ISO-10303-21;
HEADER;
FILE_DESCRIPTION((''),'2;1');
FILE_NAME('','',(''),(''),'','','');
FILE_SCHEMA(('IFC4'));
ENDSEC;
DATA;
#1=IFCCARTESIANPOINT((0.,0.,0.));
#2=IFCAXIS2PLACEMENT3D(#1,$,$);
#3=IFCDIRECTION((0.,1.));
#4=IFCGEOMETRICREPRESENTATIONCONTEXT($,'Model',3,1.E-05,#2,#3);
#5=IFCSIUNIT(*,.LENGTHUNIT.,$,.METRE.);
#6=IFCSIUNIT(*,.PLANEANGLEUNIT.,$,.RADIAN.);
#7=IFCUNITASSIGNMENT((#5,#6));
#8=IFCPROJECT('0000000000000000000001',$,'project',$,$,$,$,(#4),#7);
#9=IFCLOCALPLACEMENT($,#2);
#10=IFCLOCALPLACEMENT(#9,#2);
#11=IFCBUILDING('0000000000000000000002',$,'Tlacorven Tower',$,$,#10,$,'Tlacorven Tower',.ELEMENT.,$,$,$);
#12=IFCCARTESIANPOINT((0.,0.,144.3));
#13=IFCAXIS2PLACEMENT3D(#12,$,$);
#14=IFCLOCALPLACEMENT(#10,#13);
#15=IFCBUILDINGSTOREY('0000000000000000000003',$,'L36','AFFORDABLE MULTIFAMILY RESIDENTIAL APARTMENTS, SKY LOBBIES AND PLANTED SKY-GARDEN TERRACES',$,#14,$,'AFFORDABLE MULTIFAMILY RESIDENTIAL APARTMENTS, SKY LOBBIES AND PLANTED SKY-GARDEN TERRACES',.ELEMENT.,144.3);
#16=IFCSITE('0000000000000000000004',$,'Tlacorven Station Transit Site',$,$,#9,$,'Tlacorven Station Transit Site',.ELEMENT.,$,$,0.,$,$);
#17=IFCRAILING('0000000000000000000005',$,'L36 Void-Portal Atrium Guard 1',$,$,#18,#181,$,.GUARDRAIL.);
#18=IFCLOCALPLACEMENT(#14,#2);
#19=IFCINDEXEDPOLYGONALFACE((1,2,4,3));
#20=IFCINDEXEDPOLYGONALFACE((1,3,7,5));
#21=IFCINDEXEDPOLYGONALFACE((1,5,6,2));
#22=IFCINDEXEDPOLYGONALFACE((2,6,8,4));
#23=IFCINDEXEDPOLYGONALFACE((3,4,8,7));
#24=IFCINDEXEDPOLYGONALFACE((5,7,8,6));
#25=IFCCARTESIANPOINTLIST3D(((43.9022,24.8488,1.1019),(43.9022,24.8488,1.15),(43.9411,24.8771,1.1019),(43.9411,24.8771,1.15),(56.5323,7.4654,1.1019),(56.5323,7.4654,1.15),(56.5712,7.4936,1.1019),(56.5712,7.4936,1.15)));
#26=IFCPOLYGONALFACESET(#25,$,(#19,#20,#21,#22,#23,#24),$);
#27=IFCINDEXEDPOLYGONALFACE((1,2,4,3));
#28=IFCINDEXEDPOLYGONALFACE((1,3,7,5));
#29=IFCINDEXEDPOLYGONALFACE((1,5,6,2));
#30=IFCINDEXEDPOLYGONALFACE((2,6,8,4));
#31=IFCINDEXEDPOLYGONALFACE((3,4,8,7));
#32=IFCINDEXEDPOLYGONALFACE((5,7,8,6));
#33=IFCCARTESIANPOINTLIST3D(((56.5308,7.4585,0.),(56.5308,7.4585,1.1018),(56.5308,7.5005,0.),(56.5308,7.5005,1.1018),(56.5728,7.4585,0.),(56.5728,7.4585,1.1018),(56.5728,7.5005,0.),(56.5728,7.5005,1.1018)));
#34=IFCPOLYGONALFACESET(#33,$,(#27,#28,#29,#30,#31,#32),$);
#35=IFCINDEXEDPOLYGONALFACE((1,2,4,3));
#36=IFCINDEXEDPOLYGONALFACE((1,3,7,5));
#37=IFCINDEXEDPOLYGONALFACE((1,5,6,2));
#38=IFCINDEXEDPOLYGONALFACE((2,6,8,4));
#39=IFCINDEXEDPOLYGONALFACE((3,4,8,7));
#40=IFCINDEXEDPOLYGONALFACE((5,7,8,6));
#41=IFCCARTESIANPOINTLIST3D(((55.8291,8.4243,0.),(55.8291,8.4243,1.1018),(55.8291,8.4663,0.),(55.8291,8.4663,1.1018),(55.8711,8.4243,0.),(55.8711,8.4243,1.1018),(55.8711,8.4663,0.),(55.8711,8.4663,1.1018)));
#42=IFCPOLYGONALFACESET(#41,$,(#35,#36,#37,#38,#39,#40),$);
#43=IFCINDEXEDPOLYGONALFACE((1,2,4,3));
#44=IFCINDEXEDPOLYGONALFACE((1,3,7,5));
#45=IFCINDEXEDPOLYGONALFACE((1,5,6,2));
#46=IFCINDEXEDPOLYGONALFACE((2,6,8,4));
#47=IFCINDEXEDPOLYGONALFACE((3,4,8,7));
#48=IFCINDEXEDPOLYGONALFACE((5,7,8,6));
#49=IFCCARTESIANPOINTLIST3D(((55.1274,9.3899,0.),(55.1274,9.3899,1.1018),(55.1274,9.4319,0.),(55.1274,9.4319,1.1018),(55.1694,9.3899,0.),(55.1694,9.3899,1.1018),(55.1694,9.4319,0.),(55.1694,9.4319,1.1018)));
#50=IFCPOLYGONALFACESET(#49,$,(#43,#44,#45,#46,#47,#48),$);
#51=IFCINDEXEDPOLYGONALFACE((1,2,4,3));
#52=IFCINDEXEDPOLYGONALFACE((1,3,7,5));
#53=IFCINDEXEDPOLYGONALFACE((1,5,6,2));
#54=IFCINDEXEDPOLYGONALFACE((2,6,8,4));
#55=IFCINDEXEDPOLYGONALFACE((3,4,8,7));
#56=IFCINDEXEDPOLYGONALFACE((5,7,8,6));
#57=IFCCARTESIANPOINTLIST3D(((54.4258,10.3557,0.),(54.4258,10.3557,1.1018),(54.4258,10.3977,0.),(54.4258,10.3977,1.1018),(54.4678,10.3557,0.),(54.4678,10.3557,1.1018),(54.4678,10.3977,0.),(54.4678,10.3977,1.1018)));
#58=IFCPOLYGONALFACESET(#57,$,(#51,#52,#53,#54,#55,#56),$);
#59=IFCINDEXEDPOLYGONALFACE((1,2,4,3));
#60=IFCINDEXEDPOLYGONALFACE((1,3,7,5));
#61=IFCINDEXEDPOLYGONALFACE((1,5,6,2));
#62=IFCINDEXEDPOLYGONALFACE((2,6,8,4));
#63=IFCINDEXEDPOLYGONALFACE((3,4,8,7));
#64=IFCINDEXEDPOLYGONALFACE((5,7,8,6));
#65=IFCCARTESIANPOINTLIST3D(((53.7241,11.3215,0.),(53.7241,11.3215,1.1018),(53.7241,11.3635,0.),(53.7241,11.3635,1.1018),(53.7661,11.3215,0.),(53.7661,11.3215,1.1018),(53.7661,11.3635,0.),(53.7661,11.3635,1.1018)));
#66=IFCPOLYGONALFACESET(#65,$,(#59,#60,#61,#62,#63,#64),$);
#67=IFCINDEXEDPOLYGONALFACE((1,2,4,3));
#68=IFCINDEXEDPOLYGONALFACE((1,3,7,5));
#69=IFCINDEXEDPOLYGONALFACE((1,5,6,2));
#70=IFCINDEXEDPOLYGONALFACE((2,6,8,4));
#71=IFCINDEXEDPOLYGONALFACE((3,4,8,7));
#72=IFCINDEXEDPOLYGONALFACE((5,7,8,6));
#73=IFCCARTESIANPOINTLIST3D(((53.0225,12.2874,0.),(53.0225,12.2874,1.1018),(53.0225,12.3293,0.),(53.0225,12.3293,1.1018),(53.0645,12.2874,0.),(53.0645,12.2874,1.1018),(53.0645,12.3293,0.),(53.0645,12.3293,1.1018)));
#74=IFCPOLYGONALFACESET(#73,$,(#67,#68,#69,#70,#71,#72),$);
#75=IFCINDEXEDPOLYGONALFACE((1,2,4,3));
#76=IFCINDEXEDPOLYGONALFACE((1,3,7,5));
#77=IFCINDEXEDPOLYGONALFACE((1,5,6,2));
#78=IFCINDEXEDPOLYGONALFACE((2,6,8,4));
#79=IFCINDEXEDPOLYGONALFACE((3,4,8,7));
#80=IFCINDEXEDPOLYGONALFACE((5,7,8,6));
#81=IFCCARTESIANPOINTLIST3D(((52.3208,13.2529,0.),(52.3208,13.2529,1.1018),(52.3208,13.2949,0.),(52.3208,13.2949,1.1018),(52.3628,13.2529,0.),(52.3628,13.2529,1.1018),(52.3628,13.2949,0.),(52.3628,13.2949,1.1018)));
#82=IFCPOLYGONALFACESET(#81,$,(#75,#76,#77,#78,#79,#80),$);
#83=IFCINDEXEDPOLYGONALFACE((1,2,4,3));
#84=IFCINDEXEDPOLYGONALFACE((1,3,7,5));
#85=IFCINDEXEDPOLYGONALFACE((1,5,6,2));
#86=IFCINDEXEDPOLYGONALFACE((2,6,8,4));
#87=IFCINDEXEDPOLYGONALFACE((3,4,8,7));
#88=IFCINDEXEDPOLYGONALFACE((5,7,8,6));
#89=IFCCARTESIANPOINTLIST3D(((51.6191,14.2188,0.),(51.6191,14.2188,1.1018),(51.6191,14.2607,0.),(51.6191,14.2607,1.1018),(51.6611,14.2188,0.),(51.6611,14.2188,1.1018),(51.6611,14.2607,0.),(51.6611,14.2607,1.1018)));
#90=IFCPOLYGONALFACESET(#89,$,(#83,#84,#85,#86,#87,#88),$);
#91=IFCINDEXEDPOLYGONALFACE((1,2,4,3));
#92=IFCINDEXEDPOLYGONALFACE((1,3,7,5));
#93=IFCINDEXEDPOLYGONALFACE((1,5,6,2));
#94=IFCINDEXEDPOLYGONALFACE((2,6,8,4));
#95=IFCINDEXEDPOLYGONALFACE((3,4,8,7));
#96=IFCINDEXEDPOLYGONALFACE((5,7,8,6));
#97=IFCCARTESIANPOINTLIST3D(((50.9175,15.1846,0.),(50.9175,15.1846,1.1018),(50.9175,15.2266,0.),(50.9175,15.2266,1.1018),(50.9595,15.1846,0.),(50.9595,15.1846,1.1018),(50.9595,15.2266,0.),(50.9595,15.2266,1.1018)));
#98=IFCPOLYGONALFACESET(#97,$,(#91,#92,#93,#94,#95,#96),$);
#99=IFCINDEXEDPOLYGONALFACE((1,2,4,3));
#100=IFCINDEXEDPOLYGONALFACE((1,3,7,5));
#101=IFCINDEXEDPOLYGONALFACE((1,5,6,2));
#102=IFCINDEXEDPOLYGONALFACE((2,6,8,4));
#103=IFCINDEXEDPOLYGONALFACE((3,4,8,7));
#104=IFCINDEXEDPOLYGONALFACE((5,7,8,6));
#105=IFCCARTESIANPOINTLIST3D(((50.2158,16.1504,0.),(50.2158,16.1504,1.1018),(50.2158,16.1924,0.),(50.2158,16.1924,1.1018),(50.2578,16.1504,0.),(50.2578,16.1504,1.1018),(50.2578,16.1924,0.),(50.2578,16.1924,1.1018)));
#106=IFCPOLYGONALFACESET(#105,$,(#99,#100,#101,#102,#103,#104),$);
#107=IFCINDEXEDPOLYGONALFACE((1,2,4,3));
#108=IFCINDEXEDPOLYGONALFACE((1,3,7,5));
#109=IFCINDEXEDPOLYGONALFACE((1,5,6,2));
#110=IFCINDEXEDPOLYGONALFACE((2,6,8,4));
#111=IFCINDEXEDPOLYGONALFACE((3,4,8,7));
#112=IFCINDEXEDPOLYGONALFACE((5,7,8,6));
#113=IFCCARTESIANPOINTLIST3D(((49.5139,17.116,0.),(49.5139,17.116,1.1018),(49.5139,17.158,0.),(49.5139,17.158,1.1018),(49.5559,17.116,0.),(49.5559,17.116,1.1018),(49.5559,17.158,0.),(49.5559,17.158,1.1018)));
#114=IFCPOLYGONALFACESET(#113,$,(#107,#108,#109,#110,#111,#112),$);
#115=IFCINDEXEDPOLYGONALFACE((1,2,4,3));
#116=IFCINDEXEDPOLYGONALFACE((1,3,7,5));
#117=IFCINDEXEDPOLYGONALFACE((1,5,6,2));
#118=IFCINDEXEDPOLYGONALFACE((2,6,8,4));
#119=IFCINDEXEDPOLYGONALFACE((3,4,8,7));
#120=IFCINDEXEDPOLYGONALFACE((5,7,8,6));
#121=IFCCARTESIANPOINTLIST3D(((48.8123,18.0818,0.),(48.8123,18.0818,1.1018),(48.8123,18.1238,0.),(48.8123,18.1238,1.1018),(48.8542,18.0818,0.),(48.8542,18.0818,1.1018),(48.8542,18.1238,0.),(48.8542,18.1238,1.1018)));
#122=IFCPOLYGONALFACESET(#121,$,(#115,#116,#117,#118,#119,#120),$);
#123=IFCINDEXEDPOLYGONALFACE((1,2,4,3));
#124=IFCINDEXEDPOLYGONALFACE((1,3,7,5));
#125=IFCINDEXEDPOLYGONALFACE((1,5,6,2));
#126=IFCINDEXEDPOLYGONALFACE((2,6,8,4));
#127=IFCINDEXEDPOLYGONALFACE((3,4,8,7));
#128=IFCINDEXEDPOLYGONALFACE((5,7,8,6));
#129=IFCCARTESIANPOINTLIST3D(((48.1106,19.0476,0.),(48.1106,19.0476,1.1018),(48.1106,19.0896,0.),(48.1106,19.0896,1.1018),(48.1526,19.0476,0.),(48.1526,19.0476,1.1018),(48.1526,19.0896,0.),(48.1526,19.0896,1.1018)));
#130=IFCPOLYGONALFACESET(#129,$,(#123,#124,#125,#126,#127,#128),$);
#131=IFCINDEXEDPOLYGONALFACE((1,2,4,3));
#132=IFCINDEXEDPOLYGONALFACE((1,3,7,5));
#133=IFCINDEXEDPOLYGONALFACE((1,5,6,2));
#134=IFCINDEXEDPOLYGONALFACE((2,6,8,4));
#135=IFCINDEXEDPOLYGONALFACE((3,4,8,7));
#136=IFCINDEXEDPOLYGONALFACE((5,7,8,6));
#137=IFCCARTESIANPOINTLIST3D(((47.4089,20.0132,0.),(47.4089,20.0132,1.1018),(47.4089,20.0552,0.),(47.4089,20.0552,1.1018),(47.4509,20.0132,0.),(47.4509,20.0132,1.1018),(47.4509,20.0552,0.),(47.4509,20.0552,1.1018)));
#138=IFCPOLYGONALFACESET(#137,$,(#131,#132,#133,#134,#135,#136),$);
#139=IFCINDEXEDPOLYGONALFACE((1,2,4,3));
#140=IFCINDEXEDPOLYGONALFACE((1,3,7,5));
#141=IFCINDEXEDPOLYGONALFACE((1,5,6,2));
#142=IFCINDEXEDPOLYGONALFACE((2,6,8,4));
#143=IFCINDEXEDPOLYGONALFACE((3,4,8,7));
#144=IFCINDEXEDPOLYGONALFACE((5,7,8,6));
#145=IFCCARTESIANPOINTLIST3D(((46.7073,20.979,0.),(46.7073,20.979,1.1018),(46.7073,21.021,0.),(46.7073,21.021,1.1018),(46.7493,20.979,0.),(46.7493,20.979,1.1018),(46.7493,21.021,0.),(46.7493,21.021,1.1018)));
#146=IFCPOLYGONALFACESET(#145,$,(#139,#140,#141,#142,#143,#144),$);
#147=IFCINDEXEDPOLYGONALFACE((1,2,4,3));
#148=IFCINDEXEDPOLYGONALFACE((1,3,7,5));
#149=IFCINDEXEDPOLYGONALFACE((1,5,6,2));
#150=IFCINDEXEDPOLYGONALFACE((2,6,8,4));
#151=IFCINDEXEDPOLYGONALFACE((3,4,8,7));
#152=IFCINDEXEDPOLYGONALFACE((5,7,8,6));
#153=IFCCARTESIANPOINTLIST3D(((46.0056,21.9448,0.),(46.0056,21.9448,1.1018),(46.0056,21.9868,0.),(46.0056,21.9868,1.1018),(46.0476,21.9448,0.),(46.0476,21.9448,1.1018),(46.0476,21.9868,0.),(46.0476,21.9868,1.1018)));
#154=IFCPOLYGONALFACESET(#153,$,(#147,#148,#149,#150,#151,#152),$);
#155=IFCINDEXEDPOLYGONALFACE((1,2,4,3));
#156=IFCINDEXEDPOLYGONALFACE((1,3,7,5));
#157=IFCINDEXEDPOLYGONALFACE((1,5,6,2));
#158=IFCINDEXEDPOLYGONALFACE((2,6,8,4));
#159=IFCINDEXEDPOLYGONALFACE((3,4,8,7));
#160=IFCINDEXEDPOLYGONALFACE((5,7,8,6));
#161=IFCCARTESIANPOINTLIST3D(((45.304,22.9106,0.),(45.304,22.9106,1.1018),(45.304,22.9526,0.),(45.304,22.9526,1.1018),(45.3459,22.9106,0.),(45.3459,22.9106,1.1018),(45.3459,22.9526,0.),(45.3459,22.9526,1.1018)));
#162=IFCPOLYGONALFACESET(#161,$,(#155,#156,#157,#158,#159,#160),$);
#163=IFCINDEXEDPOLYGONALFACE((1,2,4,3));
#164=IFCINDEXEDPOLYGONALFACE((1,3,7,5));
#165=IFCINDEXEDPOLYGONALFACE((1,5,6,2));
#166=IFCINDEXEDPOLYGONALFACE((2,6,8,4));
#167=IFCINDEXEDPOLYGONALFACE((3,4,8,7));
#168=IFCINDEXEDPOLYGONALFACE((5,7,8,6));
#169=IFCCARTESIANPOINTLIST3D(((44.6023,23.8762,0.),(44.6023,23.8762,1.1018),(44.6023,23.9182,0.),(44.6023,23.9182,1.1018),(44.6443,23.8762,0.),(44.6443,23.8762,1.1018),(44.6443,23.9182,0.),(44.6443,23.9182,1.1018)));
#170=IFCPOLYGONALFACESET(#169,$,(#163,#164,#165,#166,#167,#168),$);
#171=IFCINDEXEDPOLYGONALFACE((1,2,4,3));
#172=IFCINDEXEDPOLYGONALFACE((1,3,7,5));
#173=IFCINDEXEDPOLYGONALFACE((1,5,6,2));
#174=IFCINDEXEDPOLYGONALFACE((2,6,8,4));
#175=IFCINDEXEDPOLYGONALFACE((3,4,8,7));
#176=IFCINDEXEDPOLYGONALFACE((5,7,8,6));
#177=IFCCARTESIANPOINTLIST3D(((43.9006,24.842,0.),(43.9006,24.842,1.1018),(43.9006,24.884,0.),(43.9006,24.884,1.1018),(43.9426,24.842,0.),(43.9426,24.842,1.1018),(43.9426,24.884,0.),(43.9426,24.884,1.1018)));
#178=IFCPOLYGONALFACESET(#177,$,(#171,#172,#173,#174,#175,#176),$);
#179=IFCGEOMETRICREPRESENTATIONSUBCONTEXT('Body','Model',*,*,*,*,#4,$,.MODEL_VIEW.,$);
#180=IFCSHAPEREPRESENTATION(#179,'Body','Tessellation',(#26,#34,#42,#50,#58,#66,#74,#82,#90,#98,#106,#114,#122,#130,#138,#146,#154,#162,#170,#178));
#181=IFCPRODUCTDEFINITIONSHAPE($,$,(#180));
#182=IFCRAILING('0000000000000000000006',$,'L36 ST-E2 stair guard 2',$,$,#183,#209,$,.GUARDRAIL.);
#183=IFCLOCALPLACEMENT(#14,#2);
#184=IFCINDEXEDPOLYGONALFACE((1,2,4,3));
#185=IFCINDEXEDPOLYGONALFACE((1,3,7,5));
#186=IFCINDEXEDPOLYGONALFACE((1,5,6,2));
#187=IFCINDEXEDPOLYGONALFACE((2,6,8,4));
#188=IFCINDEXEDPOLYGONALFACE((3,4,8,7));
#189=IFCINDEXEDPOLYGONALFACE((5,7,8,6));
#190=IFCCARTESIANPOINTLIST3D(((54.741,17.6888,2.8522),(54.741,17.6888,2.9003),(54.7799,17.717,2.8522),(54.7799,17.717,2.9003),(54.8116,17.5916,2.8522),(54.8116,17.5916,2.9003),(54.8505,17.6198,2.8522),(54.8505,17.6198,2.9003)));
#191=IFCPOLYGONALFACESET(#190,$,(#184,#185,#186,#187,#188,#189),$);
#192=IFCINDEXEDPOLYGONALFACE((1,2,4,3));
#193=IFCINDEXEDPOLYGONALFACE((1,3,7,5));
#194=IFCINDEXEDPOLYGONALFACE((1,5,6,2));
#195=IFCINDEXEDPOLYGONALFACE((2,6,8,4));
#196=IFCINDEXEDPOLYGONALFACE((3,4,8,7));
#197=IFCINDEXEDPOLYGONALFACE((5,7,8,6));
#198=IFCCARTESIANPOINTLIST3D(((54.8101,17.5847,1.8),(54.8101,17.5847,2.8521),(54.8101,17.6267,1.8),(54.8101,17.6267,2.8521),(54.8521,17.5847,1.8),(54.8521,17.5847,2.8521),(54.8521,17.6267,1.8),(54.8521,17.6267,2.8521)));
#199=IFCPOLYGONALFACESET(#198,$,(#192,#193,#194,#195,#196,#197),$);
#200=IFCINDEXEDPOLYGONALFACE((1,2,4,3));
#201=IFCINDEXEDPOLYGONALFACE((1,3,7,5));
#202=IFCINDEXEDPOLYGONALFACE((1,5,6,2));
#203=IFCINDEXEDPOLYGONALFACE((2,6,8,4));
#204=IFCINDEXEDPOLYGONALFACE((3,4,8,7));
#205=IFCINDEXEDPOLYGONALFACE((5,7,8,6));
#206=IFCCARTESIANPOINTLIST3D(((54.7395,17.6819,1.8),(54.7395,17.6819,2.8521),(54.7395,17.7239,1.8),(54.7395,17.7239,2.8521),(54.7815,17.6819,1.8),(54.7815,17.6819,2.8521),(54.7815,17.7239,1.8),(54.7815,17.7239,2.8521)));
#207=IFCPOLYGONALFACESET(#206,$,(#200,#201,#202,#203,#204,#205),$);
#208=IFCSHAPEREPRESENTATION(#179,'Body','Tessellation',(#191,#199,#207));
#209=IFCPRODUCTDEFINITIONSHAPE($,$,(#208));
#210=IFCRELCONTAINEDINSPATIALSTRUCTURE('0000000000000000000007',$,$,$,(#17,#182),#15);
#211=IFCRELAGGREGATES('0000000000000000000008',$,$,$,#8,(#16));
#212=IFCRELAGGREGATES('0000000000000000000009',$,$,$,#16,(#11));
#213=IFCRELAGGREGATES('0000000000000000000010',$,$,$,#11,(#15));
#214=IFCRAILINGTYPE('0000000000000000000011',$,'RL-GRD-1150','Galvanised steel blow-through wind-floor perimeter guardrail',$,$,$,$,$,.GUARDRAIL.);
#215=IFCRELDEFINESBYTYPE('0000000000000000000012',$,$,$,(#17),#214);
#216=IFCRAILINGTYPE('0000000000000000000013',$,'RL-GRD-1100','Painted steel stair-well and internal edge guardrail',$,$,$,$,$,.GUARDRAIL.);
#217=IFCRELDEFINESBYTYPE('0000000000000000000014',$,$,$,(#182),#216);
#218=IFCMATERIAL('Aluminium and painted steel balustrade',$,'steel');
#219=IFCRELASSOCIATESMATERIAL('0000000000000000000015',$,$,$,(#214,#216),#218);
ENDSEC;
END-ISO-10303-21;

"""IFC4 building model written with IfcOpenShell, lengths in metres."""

from ifc_helpers import new_model, si_unit, direction, frame, origin, origin_2d, place, context, subcontext, project, spatial, rectangle, extrude, source, transform, mapped, material, type_object, element, save


model = new_model("IFC4")

# Units and contexts
model_context = context("Model", 3, precision=1e-05, world=origin(), true_north=direction((0.0, 1.0)))
body_context = subcontext(model_context, "Body", "Model", "MODEL_VIEW")
ifc_project = project(units=[si_unit("LENGTHUNIT", "METRE"), si_unit("PLANEANGLEUNIT", "RADIAN")], contexts=[model_context])

# Site, building, storey
site_placement = place(None, origin())
site = spatial("IfcSite", under=ifc_project, at=site_placement, Name="Tlacorven Station Transit Site", LongName="Tlacorven Station Transit Site", CompositionType="ELEMENT", RefElevation=0.0)
building_placement = place(site_placement, origin())
building = spatial("IfcBuilding", under=site, at=building_placement, Name="Tlacorven Tower", LongName="Tlacorven Tower", CompositionType="ELEMENT")
storey_placement = place(building_placement, frame((0.0, 0.0, 144.3)))
storey = spatial("IfcBuildingStorey", under=building, at=storey_placement, Name="L36", Description="AFFORDABLE MULTIFAMILY RESIDENTIAL APARTMENTS, SKY LOBBIES AND PLANTED SKY-GARDEN TERRACES", LongName="AFFORDABLE MULTIFAMILY RESIDENTIAL APARTMENTS, SKY LOBBIES AND PLANTED SKY-GARDEN TERRACES", CompositionType="ELEMENT", Elevation=144.3)

# Railings
ifc_material_1 = material(Name="Aluminium and painted steel balustrade", Category="steel")
railing_type_1 = type_object("IfcRailingType", Name="RL-GRD-1150", Description="Galvanised steel blow-through wind-floor perimeter guardrail", PredefinedType="GUARDRAIL", material=ifc_material_1)
shared_shape_1 = source(origin(), body_context, "Body", "SweptSolid", [
    extrude(rectangle(XDim=0.0481, YDim=0.0481, at=origin_2d()), frame((0.0, 0.0, 1.126), z_axis=(-0.587793, 0.809012, 0.0), x_axis=(-0.809012, -0.587793, 0.0)), (0.0, 0.0, 1.0), 21.4873),
    extrude(rectangle(XDim=0.042, YDim=0.042, at=origin_2d()), origin(), (0.0, 0.0, 1.0), 1.1018),
    extrude(rectangle(XDim=0.042, YDim=0.042, at=origin_2d()), frame((-0.7017, 0.9658, 0.0)), (0.0, 0.0, 1.0), 1.1018),
    extrude(rectangle(XDim=0.042, YDim=0.042, at=origin_2d()), frame((-1.4033, 1.9314, 0.0)), (0.0, 0.0, 1.0), 1.1018),
    extrude(rectangle(XDim=0.042, YDim=0.042, at=origin_2d()), frame((-2.105, 2.8972, 0.0)), (0.0, 0.0, 1.0), 1.1018),
    extrude(rectangle(XDim=0.042, YDim=0.042, at=origin_2d()), frame((-2.8066, 3.863, 0.0)), (0.0, 0.0, 1.0), 1.1018),
    extrude(rectangle(XDim=0.042, YDim=0.042, at=origin_2d()), frame((-3.5083, 4.8289, 0.0)), (0.0, 0.0, 1.0), 1.1018),
    extrude(rectangle(XDim=0.042, YDim=0.042, at=origin_2d()), frame((-4.21, 5.7944, 0.0)), (0.0, 0.0, 1.0), 1.1018),
    extrude(rectangle(XDim=0.042, YDim=0.042, at=origin_2d()), frame((-4.9116, 6.7603, 0.0)), (0.0, 0.0, 1.0), 1.1018),
    extrude(rectangle(XDim=0.042, YDim=0.042, at=origin_2d()), frame((-5.6133, 7.7261, 0.0)), (0.0, 0.0, 1.0), 1.1018),
    extrude(rectangle(XDim=0.042, YDim=0.042, at=origin_2d()), frame((-6.3149, 8.6919, 0.0)), (0.0, 0.0, 1.0), 1.1018),
    extrude(rectangle(XDim=0.042, YDim=0.042, at=origin_2d()), frame((-7.0168, 9.6575, 0.0)), (0.0, 0.0, 1.0), 1.1018),
    extrude(rectangle(XDim=0.042, YDim=0.042, at=origin_2d()), frame((-7.7185, 10.6233, 0.0)), (0.0, 0.0, 1.0), 1.1018),
    extrude(rectangle(XDim=0.042, YDim=0.042, at=origin_2d()), frame((-8.4202, 11.5891, 0.0)), (0.0, 0.0, 1.0), 1.1018),
    extrude(rectangle(XDim=0.042, YDim=0.042, at=origin_2d()), frame((-9.1218, 12.5547, 0.0)), (0.0, 0.0, 1.0), 1.1018),
    extrude(rectangle(XDim=0.042, YDim=0.042, at=origin_2d()), frame((-9.8235, 13.5205, 0.0)), (0.0, 0.0, 1.0), 1.1018),
    extrude(rectangle(XDim=0.042, YDim=0.042, at=origin_2d()), frame((-10.5251, 14.4863, 0.0)), (0.0, 0.0, 1.0), 1.1018),
    extrude(rectangle(XDim=0.042, YDim=0.042, at=origin_2d()), frame((-11.2268, 15.4521, 0.0)), (0.0, 0.0, 1.0), 1.1018),
    extrude(rectangle(XDim=0.042, YDim=0.042, at=origin_2d()), frame((-11.9285, 16.4177, 0.0)), (0.0, 0.0, 1.0), 1.1018),
    extrude(rectangle(XDim=0.042, YDim=0.042, at=origin_2d()), frame((-12.6301, 17.3835, 0.0)), (0.0, 0.0, 1.0), 1.1018),
])
railing_1_placement = place(storey_placement, frame((56.5518, 7.4795, 0.0)))
element("IfcRailing", 1, at=railing_1_placement, inside=storey, type_object=railing_type_1, Name="L36 Void-Portal Atrium Guard 1", PredefinedType="GUARDRAIL", context=body_context, shape_type="MappedRepresentation", body=[
    mapped(shared_shape_1, transform((0.0, 0.0, 0.0), scale=1.0)),
])
railing_type_2 = type_object("IfcRailingType", Name="RL-GRD-1100", Description="Painted steel stair-well and internal edge guardrail", PredefinedType="GUARDRAIL", material=ifc_material_1)
shared_shape_2 = source(origin(), body_context, "Body", "SweptSolid", [
    extrude(rectangle(XDim=0.0481, YDim=0.0481, at=origin_2d()), frame((0.0, 0.0, 1.0762), z_axis=(-0.587567, 0.809175, 0.0), x_axis=(-0.809175, -0.587567, 0.0)), (0.0, 0.0, 1.0), 0.1201),
    extrude(rectangle(XDim=0.042, YDim=0.042, at=origin_2d()), origin(), (0.0, 0.0, 1.0), 1.052),
    extrude(rectangle(XDim=0.042, YDim=0.042, at=origin_2d()), frame((-0.0706, 0.0972, 0.0)), (0.0, 0.0, 1.0), 1.052),
])
railing_2_placement = place(storey_placement, frame((54.8311, 17.6057, 1.8)))
element("IfcRailing", 2, at=railing_2_placement, inside=storey, type_object=railing_type_2, Name="L36 ST-E2 stair guard 2", PredefinedType="GUARDRAIL", context=body_context, shape_type="MappedRepresentation", body=[
    mapped(shared_shape_2, transform((0.0, 0.0, 0.0), scale=1.0)),
])

save(model, "model.ifc")
